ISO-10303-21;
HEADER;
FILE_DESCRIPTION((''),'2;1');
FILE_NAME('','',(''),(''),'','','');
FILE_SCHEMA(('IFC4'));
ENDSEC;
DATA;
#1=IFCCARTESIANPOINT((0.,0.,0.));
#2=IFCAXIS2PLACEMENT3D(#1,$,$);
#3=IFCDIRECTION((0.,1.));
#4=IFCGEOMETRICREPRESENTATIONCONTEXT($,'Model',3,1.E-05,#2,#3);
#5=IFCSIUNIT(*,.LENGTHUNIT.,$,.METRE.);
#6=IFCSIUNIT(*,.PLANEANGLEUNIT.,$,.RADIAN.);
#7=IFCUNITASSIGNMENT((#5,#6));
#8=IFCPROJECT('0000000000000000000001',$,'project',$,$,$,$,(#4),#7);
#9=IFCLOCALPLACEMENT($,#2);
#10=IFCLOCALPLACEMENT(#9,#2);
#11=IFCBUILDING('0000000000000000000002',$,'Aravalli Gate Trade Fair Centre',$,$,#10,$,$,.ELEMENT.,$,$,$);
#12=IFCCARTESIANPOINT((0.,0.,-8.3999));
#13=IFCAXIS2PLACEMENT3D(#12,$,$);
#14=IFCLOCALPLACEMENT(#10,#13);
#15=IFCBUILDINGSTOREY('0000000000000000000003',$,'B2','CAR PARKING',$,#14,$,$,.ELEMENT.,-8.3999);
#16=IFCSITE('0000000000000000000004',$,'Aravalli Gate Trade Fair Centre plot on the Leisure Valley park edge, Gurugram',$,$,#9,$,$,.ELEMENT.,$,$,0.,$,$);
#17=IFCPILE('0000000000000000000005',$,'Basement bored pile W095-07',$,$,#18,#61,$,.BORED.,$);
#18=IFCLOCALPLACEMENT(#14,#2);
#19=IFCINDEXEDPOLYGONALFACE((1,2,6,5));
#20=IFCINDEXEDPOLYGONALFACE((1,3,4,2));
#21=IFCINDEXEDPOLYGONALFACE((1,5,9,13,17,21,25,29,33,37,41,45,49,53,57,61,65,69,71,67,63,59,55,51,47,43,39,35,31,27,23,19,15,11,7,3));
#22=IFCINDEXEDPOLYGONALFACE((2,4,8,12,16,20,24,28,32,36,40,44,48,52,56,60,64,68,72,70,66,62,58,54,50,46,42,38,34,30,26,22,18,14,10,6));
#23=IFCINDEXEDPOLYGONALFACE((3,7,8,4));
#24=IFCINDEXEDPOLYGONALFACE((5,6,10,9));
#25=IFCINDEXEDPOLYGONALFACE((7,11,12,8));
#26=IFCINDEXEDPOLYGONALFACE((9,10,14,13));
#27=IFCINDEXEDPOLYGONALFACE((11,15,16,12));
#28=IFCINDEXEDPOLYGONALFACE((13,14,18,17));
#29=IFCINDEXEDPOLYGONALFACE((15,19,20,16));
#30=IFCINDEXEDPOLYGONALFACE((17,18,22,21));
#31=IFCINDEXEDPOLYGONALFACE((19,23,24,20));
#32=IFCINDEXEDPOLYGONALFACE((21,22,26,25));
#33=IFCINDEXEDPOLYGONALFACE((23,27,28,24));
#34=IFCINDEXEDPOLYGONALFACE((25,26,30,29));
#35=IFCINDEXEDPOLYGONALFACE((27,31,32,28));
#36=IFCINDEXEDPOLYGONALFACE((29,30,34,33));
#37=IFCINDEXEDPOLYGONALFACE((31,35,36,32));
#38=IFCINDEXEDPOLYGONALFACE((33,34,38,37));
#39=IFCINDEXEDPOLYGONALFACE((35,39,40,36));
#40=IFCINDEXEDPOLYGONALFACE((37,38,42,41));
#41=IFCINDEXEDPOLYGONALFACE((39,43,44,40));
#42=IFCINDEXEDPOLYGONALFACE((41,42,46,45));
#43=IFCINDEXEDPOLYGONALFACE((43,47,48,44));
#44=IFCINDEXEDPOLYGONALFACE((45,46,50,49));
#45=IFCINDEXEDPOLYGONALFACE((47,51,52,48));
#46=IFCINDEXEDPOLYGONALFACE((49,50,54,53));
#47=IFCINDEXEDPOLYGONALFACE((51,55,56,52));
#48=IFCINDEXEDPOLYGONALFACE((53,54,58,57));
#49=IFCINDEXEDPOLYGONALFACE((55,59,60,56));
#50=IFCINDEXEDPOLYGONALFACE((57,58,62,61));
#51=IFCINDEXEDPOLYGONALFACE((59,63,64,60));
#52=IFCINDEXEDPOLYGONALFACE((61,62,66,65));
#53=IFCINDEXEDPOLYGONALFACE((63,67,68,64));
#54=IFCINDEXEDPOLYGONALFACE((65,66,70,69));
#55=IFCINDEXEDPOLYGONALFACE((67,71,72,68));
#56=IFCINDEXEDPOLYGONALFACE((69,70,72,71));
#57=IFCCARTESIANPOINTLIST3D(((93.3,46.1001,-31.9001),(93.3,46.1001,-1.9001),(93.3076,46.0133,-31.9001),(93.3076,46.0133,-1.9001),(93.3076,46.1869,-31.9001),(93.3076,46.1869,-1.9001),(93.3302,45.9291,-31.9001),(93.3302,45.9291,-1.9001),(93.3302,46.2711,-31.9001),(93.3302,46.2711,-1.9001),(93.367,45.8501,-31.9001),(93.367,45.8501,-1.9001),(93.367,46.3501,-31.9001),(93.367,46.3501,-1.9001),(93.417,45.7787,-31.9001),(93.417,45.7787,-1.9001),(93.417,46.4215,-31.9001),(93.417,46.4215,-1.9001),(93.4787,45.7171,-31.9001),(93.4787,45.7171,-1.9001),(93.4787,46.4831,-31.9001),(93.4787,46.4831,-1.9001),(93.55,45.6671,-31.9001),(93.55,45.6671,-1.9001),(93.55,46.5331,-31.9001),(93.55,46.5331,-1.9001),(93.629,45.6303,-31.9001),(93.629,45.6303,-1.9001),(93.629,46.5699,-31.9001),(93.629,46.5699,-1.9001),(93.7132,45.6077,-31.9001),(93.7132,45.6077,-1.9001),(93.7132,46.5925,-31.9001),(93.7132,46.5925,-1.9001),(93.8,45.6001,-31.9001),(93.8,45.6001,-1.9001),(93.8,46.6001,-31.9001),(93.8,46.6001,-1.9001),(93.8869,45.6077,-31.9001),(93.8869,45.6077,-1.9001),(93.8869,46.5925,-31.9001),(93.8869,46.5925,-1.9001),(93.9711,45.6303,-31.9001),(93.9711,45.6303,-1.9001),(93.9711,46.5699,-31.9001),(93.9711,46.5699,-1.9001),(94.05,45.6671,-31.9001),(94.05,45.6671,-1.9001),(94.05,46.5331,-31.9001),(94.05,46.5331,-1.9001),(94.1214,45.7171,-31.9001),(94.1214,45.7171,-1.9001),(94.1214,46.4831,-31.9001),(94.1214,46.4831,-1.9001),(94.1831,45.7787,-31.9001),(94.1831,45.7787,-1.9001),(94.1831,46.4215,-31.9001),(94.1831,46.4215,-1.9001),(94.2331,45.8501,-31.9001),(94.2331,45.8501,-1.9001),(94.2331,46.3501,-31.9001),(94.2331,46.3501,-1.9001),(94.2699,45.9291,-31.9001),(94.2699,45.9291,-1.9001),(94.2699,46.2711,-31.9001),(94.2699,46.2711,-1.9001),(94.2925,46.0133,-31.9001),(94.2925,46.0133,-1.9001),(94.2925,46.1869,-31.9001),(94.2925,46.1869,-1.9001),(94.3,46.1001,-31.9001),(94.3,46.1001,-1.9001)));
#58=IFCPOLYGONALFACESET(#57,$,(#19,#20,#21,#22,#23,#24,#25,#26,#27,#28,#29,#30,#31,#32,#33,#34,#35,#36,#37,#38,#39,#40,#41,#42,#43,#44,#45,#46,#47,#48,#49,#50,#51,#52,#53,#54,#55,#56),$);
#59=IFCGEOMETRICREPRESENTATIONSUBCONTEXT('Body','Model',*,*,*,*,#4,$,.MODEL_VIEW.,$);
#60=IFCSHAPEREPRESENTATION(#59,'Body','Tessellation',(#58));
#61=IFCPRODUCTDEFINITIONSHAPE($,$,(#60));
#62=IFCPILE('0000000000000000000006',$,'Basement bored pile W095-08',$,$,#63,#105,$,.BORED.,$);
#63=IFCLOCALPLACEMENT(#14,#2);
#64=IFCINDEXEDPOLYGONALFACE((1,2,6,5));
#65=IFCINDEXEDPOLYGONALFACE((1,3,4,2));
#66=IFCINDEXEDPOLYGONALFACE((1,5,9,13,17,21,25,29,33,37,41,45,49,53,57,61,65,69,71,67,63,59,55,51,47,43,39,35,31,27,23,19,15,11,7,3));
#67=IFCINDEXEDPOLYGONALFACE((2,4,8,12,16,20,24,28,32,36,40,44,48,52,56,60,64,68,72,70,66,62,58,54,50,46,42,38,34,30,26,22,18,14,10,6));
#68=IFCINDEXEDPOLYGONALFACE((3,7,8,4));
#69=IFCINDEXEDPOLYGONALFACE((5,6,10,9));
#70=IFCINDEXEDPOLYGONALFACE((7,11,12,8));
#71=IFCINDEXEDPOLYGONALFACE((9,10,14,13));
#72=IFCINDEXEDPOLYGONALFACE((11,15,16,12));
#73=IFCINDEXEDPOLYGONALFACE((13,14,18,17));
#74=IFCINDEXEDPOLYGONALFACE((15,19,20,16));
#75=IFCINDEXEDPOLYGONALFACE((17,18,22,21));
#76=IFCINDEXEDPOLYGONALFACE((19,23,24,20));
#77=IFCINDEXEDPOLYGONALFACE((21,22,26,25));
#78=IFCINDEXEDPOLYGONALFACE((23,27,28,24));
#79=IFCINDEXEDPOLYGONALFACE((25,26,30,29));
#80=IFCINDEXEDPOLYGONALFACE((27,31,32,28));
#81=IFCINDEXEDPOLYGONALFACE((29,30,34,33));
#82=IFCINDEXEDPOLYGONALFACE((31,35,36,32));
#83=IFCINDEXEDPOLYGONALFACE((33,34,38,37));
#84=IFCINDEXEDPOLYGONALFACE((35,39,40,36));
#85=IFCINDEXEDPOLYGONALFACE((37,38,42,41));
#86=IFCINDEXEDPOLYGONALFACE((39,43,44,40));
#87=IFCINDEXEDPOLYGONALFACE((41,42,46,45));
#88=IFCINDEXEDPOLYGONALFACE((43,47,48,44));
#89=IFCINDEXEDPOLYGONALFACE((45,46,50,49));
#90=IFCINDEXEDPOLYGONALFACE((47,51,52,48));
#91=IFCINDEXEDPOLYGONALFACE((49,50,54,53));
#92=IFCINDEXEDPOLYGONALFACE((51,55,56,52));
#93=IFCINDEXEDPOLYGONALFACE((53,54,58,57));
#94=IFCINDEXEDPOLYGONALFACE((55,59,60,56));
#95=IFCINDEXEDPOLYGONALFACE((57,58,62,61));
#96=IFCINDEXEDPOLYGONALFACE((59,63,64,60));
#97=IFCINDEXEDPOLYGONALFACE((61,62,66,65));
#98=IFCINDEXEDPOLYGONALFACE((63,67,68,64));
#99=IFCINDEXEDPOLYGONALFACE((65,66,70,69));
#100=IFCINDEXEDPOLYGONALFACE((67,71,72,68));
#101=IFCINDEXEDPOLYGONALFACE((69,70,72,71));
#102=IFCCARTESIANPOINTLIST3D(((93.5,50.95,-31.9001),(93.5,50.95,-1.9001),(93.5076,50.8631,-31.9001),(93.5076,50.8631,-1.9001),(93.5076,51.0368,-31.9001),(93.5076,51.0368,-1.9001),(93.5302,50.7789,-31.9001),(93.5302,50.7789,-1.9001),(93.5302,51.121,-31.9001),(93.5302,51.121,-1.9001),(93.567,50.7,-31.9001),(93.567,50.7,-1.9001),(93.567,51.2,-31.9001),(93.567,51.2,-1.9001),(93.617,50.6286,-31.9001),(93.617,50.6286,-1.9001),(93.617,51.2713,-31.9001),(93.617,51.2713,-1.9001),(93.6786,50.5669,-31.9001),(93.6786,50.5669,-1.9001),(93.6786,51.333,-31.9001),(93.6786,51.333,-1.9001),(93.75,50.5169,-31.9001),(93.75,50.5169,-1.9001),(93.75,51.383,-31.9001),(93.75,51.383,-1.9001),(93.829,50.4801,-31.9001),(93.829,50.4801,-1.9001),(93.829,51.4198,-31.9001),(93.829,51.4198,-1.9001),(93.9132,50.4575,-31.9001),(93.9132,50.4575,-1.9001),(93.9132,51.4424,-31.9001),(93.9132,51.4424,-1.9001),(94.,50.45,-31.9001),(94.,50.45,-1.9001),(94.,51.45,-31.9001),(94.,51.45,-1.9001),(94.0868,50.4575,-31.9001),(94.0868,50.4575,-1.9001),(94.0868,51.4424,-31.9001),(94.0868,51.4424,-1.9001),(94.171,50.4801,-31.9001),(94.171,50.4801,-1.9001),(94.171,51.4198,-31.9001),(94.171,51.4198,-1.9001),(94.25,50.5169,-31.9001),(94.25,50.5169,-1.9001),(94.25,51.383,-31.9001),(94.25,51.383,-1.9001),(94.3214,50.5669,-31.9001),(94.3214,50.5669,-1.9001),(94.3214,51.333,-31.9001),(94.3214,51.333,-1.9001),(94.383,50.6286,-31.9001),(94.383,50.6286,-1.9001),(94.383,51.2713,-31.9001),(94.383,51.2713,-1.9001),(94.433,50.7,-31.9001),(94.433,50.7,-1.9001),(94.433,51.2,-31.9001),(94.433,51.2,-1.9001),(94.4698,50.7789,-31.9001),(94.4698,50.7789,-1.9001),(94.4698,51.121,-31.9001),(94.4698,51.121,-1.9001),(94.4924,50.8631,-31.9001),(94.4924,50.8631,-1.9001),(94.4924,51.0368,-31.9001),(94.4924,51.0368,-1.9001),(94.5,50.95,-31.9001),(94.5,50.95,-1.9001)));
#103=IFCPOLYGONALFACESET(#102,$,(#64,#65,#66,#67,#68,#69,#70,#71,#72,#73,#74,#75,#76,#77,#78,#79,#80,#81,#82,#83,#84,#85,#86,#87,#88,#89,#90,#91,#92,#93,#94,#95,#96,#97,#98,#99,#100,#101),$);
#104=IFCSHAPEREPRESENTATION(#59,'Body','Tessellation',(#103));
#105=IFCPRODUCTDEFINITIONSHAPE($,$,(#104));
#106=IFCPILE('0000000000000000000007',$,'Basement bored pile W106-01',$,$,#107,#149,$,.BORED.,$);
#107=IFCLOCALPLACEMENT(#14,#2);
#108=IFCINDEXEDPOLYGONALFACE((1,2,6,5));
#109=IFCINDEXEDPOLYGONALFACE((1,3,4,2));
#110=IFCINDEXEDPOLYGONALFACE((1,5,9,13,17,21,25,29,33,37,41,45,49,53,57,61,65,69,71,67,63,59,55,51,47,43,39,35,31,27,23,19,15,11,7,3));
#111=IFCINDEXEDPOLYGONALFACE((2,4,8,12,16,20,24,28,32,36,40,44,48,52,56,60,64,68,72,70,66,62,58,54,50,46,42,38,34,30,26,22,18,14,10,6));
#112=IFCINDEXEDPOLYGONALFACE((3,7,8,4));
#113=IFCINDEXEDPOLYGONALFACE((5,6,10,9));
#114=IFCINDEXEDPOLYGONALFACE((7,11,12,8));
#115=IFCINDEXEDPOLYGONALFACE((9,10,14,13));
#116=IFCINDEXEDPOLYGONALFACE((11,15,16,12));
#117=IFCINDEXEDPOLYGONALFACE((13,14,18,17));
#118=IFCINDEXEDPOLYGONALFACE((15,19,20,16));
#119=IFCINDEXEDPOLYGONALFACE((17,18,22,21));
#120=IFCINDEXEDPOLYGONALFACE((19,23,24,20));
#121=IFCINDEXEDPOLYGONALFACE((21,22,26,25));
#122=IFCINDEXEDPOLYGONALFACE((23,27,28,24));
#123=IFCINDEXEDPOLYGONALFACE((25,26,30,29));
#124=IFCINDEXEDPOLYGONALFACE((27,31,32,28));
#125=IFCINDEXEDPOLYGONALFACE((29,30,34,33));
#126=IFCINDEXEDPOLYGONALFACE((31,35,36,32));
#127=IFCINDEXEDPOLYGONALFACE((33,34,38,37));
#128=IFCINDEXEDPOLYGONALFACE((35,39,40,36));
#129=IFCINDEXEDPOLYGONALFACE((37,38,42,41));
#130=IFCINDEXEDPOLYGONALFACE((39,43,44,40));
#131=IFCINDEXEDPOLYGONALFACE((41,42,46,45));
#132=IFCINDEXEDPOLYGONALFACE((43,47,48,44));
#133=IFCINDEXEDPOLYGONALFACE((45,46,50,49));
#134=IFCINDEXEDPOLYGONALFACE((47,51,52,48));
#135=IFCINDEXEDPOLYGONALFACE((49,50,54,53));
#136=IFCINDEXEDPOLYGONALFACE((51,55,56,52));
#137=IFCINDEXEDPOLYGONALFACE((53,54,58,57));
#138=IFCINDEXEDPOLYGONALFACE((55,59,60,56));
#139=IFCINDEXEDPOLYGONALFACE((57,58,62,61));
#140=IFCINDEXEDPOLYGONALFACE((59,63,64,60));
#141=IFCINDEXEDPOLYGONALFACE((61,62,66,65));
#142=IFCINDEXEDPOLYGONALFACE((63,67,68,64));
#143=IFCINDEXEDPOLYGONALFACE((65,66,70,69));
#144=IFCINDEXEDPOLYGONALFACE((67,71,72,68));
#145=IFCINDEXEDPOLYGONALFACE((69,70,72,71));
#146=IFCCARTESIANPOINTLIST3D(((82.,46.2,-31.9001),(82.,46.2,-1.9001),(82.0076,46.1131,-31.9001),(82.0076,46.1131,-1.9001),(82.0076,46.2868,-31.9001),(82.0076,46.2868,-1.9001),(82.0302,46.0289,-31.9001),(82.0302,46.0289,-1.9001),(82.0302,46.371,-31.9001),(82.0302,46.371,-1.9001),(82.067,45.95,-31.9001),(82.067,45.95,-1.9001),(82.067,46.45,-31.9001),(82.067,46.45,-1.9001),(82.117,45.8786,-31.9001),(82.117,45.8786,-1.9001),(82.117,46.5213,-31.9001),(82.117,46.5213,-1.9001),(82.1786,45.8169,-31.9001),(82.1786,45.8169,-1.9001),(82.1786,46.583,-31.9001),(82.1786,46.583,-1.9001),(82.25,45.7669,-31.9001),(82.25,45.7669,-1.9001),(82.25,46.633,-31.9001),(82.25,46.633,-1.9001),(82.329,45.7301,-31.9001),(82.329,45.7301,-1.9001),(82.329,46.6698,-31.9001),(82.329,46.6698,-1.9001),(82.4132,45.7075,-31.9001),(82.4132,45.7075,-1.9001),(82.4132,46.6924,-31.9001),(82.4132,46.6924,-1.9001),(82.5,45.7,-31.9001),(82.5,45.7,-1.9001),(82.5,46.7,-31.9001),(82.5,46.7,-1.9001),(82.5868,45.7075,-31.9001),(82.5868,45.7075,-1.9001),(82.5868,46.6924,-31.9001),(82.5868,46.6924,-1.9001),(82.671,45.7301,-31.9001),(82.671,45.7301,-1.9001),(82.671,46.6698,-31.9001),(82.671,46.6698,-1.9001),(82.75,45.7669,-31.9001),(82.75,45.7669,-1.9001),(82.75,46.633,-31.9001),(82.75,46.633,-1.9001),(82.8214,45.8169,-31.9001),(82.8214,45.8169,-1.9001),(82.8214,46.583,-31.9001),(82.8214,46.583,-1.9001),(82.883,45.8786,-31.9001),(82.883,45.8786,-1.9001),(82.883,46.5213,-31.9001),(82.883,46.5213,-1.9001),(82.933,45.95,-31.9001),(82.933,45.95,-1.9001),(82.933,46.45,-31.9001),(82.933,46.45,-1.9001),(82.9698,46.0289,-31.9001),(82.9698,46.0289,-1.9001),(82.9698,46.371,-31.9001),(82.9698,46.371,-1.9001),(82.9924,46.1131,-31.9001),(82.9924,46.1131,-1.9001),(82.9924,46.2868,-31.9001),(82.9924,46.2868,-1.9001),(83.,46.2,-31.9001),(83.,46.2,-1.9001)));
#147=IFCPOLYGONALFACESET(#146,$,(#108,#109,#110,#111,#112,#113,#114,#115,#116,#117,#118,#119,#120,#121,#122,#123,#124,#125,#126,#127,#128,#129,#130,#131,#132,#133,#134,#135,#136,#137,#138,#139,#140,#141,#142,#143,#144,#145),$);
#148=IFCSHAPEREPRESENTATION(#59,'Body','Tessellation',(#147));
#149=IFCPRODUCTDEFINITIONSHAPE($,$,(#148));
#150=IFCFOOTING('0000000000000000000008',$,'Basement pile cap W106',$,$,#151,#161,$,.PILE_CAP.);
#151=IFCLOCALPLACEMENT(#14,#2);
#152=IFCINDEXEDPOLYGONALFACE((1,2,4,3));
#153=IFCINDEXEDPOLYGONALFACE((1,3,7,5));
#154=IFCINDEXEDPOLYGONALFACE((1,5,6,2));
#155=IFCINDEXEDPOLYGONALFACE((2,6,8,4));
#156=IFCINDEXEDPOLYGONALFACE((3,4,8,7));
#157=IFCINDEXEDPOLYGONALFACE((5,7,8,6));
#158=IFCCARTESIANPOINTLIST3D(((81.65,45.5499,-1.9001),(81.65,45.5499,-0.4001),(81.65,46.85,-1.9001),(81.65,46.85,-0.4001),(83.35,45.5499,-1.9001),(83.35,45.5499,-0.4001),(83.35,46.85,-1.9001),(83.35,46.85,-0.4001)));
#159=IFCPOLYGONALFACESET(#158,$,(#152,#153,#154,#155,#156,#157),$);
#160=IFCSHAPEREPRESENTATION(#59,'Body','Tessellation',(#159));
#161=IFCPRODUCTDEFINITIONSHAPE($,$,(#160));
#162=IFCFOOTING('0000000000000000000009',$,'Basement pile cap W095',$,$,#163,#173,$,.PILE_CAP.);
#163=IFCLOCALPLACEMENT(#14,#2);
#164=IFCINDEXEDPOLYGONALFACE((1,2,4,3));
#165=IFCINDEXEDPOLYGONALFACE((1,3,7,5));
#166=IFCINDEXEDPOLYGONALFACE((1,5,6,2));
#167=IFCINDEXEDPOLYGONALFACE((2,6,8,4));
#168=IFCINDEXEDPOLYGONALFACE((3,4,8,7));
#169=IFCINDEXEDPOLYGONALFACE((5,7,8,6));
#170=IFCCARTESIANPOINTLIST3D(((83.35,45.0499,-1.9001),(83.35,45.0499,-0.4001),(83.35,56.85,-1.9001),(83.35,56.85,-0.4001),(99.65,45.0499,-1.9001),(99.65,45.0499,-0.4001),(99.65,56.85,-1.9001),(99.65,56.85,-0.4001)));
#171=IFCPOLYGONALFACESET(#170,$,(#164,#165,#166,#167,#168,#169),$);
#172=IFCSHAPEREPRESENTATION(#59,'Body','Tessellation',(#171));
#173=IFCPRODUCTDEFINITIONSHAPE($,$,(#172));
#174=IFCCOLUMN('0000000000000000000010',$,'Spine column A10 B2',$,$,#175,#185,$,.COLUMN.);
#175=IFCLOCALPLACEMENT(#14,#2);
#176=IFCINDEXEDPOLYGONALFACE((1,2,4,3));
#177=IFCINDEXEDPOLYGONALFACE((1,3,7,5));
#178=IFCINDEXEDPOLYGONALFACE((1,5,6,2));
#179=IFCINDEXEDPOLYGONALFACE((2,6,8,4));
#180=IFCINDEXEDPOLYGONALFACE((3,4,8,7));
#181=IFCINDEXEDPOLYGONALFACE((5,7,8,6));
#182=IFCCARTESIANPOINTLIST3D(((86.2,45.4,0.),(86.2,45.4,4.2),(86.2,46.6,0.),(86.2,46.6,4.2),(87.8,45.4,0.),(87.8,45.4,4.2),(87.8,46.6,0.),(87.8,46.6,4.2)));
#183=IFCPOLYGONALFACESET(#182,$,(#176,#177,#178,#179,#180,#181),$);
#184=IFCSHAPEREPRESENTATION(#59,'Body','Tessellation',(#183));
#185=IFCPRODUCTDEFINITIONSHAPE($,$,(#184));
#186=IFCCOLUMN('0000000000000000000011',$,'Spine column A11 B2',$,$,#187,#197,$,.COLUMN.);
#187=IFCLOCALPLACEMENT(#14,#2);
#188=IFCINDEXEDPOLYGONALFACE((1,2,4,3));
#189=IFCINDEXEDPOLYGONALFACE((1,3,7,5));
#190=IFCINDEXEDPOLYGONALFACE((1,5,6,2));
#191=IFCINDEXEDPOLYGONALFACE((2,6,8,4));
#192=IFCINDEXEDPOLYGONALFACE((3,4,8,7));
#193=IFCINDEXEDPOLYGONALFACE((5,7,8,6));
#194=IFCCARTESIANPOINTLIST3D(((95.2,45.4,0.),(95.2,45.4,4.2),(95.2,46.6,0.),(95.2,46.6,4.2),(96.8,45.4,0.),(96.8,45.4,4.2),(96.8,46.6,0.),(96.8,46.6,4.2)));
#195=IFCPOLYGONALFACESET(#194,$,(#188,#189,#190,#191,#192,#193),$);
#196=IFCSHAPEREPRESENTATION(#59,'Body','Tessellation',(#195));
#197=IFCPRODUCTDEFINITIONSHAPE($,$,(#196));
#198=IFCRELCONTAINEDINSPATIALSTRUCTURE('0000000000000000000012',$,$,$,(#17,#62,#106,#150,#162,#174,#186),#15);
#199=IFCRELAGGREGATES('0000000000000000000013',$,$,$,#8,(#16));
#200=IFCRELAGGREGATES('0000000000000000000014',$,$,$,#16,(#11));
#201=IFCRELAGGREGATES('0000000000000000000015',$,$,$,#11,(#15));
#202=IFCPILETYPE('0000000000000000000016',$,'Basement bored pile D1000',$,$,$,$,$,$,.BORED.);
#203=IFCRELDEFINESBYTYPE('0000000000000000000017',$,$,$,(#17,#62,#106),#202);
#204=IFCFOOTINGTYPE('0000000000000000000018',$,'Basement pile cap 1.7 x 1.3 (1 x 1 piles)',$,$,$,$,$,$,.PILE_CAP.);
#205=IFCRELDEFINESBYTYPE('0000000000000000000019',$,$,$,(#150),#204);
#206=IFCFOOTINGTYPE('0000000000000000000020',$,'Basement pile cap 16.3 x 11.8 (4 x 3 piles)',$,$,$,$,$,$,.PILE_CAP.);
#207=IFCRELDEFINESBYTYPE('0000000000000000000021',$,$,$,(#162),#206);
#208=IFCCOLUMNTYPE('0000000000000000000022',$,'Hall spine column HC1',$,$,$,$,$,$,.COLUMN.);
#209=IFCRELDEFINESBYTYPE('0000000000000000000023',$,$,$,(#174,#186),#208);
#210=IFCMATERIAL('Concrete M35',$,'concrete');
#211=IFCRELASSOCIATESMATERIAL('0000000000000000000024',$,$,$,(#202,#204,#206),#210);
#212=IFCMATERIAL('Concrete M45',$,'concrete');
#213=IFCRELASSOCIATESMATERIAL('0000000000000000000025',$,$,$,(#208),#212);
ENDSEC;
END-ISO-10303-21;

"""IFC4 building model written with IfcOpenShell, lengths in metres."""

from ifc_helpers import new_model, si_unit, direction, frame, origin, origin_2d, place, context, subcontext, project, spatial, rectangle, circle, extrude, material, material_profile, profile_set, type_object, element, save


model = new_model("IFC4")

# Units and contexts
model_context = context("Model", 3, precision=1e-05, world=origin(), true_north=direction((0.0, 1.0)))
body_context = subcontext(model_context, "Body", "Model", "MODEL_VIEW")
ifc_project = project(units=[si_unit("LENGTHUNIT", "METRE"), si_unit("PLANEANGLEUNIT", "RADIAN")], contexts=[model_context])

# Site, building, storey
site_placement = place(None, origin())
site = spatial("IfcSite", under=ifc_project, at=site_placement, Name="Aravalli Gate Trade Fair Centre plot on the Leisure Valley park edge, Gurugram", CompositionType="ELEMENT", RefElevation=0.0)
building_placement = place(site_placement, origin())
building = spatial("IfcBuilding", under=site, at=building_placement, Name="Aravalli Gate Trade Fair Centre", CompositionType="ELEMENT")
storey_placement = place(building_placement, frame((0.0, 0.0, -8.3999)))
storey = spatial("IfcBuildingStorey", under=building, at=storey_placement, Name="B2", Description="CAR PARKING", CompositionType="ELEMENT", Elevation=-8.3999)

# Piles
ifc_material_1 = material(Name="Concrete M35", Category="concrete")
ifc_material_profile_1 = material_profile(ifc_material_1, circle(Radius=0.5, at=origin_2d()), Name="D1000")
ifc_profile_set_1 = profile_set([ifc_material_profile_1], Name="Concrete M35")
pile_type = type_object("IfcPileType", Name="Basement bored pile D1000", PredefinedType="BORED", material=ifc_profile_set_1)
for number, where, z_axis, x_axis, name in (
    (1, (93.8, 46.1001, -1.9001), (0.0, 0.0, -1.0), (1.0, 0.0, 0.0), "Basement bored pile W095-07"),
    (2, (94.0, 50.95, -1.9001), (0.0, 0.0, -1.0), (1.0, 0.0, 0.0), "Basement bored pile W095-08"),
    (3, (82.5, 46.2, -1.9001), (0.0, 0.0, -1.0), (1.0, 0.0, 0.0), "Basement bored pile W106-01"),
):
    element("IfcPile", number, at=place(storey_placement, frame(where, z_axis=z_axis, x_axis=x_axis)), inside=storey, type_object=pile_type, Name=name, PredefinedType="BORED", context=body_context, shape_type="SweptSolid", body=[
        extrude(circle(Radius=0.5, at=origin_2d()), origin(), (0.0, 0.0, 1.0), 30.0),
    ])

# Footings
footing_type_1 = type_object("IfcFootingType", Name="Basement pile cap 1.7 x 1.3 (1 x 1 piles)", PredefinedType="PILE_CAP", material=ifc_material_1)
footing_1_placement = place(storey_placement, frame((82.5, 46.2, -1.9001), z_axis=(0.0, 0.0, 1.0), x_axis=(1.0, 0.0, 0.0)))
element("IfcFooting", 4, at=footing_1_placement, inside=storey, type_object=footing_type_1, Name="Basement pile cap W106", PredefinedType="PILE_CAP", context=body_context, shape_type="SweptSolid", body=[
    extrude(rectangle(XDim=1.7, YDim=1.3, at=origin_2d()), origin(), (0.0, 0.0, 1.0), 1.5),
])
footing_type_2 = type_object("IfcFootingType", Name="Basement pile cap 16.3 x 11.8 (4 x 3 piles)", PredefinedType="PILE_CAP", material=ifc_material_1)
footing_2_placement = place(storey_placement, frame((91.5, 50.95, -1.9001), z_axis=(0.0, 0.0, 1.0), x_axis=(1.0, 0.0, 0.0)))
element("IfcFooting", 5, at=footing_2_placement, inside=storey, type_object=footing_type_2, Name="Basement pile cap W095", PredefinedType="PILE_CAP", context=body_context, shape_type="SweptSolid", body=[
    extrude(rectangle(XDim=16.3, YDim=11.8, at=origin_2d()), origin(), (0.0, 0.0, 1.0), 1.5),
])

# Columns
ifc_material_2 = material(Name="Concrete M45", Category="concrete")
ifc_material_profile_2 = material_profile(ifc_material_2, rectangle(XDim=1.6001, YDim=1.2, at=origin_2d()), Name="RC 1600x1200")
ifc_profile_set_2 = profile_set([ifc_material_profile_2], Name="Concrete M45")
column_type = type_object("IfcColumnType", Name="Hall spine column HC1", PredefinedType="COLUMN", material=ifc_profile_set_2)
for number, where, z_axis, x_axis, name in (
    (6, (87.0, 46.0, 0.0), (0.0, 0.0, 1.0), (1.0, 0.0, 0.0), "Spine column A10 B2"),
    (7, (96.0, 46.0, 0.0), (0.0, 0.0, 1.0), (1.0, 0.0, 0.0), "Spine column A11 B2"),
):
    element("IfcColumn", number, at=place(storey_placement, frame(where, z_axis=z_axis, x_axis=x_axis)), inside=storey, type_object=column_type, Name=name, PredefinedType="COLUMN", context=body_context, shape_type="SweptSolid", body=[
        extrude(rectangle(XDim=1.6001, YDim=1.2, at=origin_2d()), origin(), (0.0, 0.0, 1.0), 4.2),
    ])

save(model, "model.ifc")
